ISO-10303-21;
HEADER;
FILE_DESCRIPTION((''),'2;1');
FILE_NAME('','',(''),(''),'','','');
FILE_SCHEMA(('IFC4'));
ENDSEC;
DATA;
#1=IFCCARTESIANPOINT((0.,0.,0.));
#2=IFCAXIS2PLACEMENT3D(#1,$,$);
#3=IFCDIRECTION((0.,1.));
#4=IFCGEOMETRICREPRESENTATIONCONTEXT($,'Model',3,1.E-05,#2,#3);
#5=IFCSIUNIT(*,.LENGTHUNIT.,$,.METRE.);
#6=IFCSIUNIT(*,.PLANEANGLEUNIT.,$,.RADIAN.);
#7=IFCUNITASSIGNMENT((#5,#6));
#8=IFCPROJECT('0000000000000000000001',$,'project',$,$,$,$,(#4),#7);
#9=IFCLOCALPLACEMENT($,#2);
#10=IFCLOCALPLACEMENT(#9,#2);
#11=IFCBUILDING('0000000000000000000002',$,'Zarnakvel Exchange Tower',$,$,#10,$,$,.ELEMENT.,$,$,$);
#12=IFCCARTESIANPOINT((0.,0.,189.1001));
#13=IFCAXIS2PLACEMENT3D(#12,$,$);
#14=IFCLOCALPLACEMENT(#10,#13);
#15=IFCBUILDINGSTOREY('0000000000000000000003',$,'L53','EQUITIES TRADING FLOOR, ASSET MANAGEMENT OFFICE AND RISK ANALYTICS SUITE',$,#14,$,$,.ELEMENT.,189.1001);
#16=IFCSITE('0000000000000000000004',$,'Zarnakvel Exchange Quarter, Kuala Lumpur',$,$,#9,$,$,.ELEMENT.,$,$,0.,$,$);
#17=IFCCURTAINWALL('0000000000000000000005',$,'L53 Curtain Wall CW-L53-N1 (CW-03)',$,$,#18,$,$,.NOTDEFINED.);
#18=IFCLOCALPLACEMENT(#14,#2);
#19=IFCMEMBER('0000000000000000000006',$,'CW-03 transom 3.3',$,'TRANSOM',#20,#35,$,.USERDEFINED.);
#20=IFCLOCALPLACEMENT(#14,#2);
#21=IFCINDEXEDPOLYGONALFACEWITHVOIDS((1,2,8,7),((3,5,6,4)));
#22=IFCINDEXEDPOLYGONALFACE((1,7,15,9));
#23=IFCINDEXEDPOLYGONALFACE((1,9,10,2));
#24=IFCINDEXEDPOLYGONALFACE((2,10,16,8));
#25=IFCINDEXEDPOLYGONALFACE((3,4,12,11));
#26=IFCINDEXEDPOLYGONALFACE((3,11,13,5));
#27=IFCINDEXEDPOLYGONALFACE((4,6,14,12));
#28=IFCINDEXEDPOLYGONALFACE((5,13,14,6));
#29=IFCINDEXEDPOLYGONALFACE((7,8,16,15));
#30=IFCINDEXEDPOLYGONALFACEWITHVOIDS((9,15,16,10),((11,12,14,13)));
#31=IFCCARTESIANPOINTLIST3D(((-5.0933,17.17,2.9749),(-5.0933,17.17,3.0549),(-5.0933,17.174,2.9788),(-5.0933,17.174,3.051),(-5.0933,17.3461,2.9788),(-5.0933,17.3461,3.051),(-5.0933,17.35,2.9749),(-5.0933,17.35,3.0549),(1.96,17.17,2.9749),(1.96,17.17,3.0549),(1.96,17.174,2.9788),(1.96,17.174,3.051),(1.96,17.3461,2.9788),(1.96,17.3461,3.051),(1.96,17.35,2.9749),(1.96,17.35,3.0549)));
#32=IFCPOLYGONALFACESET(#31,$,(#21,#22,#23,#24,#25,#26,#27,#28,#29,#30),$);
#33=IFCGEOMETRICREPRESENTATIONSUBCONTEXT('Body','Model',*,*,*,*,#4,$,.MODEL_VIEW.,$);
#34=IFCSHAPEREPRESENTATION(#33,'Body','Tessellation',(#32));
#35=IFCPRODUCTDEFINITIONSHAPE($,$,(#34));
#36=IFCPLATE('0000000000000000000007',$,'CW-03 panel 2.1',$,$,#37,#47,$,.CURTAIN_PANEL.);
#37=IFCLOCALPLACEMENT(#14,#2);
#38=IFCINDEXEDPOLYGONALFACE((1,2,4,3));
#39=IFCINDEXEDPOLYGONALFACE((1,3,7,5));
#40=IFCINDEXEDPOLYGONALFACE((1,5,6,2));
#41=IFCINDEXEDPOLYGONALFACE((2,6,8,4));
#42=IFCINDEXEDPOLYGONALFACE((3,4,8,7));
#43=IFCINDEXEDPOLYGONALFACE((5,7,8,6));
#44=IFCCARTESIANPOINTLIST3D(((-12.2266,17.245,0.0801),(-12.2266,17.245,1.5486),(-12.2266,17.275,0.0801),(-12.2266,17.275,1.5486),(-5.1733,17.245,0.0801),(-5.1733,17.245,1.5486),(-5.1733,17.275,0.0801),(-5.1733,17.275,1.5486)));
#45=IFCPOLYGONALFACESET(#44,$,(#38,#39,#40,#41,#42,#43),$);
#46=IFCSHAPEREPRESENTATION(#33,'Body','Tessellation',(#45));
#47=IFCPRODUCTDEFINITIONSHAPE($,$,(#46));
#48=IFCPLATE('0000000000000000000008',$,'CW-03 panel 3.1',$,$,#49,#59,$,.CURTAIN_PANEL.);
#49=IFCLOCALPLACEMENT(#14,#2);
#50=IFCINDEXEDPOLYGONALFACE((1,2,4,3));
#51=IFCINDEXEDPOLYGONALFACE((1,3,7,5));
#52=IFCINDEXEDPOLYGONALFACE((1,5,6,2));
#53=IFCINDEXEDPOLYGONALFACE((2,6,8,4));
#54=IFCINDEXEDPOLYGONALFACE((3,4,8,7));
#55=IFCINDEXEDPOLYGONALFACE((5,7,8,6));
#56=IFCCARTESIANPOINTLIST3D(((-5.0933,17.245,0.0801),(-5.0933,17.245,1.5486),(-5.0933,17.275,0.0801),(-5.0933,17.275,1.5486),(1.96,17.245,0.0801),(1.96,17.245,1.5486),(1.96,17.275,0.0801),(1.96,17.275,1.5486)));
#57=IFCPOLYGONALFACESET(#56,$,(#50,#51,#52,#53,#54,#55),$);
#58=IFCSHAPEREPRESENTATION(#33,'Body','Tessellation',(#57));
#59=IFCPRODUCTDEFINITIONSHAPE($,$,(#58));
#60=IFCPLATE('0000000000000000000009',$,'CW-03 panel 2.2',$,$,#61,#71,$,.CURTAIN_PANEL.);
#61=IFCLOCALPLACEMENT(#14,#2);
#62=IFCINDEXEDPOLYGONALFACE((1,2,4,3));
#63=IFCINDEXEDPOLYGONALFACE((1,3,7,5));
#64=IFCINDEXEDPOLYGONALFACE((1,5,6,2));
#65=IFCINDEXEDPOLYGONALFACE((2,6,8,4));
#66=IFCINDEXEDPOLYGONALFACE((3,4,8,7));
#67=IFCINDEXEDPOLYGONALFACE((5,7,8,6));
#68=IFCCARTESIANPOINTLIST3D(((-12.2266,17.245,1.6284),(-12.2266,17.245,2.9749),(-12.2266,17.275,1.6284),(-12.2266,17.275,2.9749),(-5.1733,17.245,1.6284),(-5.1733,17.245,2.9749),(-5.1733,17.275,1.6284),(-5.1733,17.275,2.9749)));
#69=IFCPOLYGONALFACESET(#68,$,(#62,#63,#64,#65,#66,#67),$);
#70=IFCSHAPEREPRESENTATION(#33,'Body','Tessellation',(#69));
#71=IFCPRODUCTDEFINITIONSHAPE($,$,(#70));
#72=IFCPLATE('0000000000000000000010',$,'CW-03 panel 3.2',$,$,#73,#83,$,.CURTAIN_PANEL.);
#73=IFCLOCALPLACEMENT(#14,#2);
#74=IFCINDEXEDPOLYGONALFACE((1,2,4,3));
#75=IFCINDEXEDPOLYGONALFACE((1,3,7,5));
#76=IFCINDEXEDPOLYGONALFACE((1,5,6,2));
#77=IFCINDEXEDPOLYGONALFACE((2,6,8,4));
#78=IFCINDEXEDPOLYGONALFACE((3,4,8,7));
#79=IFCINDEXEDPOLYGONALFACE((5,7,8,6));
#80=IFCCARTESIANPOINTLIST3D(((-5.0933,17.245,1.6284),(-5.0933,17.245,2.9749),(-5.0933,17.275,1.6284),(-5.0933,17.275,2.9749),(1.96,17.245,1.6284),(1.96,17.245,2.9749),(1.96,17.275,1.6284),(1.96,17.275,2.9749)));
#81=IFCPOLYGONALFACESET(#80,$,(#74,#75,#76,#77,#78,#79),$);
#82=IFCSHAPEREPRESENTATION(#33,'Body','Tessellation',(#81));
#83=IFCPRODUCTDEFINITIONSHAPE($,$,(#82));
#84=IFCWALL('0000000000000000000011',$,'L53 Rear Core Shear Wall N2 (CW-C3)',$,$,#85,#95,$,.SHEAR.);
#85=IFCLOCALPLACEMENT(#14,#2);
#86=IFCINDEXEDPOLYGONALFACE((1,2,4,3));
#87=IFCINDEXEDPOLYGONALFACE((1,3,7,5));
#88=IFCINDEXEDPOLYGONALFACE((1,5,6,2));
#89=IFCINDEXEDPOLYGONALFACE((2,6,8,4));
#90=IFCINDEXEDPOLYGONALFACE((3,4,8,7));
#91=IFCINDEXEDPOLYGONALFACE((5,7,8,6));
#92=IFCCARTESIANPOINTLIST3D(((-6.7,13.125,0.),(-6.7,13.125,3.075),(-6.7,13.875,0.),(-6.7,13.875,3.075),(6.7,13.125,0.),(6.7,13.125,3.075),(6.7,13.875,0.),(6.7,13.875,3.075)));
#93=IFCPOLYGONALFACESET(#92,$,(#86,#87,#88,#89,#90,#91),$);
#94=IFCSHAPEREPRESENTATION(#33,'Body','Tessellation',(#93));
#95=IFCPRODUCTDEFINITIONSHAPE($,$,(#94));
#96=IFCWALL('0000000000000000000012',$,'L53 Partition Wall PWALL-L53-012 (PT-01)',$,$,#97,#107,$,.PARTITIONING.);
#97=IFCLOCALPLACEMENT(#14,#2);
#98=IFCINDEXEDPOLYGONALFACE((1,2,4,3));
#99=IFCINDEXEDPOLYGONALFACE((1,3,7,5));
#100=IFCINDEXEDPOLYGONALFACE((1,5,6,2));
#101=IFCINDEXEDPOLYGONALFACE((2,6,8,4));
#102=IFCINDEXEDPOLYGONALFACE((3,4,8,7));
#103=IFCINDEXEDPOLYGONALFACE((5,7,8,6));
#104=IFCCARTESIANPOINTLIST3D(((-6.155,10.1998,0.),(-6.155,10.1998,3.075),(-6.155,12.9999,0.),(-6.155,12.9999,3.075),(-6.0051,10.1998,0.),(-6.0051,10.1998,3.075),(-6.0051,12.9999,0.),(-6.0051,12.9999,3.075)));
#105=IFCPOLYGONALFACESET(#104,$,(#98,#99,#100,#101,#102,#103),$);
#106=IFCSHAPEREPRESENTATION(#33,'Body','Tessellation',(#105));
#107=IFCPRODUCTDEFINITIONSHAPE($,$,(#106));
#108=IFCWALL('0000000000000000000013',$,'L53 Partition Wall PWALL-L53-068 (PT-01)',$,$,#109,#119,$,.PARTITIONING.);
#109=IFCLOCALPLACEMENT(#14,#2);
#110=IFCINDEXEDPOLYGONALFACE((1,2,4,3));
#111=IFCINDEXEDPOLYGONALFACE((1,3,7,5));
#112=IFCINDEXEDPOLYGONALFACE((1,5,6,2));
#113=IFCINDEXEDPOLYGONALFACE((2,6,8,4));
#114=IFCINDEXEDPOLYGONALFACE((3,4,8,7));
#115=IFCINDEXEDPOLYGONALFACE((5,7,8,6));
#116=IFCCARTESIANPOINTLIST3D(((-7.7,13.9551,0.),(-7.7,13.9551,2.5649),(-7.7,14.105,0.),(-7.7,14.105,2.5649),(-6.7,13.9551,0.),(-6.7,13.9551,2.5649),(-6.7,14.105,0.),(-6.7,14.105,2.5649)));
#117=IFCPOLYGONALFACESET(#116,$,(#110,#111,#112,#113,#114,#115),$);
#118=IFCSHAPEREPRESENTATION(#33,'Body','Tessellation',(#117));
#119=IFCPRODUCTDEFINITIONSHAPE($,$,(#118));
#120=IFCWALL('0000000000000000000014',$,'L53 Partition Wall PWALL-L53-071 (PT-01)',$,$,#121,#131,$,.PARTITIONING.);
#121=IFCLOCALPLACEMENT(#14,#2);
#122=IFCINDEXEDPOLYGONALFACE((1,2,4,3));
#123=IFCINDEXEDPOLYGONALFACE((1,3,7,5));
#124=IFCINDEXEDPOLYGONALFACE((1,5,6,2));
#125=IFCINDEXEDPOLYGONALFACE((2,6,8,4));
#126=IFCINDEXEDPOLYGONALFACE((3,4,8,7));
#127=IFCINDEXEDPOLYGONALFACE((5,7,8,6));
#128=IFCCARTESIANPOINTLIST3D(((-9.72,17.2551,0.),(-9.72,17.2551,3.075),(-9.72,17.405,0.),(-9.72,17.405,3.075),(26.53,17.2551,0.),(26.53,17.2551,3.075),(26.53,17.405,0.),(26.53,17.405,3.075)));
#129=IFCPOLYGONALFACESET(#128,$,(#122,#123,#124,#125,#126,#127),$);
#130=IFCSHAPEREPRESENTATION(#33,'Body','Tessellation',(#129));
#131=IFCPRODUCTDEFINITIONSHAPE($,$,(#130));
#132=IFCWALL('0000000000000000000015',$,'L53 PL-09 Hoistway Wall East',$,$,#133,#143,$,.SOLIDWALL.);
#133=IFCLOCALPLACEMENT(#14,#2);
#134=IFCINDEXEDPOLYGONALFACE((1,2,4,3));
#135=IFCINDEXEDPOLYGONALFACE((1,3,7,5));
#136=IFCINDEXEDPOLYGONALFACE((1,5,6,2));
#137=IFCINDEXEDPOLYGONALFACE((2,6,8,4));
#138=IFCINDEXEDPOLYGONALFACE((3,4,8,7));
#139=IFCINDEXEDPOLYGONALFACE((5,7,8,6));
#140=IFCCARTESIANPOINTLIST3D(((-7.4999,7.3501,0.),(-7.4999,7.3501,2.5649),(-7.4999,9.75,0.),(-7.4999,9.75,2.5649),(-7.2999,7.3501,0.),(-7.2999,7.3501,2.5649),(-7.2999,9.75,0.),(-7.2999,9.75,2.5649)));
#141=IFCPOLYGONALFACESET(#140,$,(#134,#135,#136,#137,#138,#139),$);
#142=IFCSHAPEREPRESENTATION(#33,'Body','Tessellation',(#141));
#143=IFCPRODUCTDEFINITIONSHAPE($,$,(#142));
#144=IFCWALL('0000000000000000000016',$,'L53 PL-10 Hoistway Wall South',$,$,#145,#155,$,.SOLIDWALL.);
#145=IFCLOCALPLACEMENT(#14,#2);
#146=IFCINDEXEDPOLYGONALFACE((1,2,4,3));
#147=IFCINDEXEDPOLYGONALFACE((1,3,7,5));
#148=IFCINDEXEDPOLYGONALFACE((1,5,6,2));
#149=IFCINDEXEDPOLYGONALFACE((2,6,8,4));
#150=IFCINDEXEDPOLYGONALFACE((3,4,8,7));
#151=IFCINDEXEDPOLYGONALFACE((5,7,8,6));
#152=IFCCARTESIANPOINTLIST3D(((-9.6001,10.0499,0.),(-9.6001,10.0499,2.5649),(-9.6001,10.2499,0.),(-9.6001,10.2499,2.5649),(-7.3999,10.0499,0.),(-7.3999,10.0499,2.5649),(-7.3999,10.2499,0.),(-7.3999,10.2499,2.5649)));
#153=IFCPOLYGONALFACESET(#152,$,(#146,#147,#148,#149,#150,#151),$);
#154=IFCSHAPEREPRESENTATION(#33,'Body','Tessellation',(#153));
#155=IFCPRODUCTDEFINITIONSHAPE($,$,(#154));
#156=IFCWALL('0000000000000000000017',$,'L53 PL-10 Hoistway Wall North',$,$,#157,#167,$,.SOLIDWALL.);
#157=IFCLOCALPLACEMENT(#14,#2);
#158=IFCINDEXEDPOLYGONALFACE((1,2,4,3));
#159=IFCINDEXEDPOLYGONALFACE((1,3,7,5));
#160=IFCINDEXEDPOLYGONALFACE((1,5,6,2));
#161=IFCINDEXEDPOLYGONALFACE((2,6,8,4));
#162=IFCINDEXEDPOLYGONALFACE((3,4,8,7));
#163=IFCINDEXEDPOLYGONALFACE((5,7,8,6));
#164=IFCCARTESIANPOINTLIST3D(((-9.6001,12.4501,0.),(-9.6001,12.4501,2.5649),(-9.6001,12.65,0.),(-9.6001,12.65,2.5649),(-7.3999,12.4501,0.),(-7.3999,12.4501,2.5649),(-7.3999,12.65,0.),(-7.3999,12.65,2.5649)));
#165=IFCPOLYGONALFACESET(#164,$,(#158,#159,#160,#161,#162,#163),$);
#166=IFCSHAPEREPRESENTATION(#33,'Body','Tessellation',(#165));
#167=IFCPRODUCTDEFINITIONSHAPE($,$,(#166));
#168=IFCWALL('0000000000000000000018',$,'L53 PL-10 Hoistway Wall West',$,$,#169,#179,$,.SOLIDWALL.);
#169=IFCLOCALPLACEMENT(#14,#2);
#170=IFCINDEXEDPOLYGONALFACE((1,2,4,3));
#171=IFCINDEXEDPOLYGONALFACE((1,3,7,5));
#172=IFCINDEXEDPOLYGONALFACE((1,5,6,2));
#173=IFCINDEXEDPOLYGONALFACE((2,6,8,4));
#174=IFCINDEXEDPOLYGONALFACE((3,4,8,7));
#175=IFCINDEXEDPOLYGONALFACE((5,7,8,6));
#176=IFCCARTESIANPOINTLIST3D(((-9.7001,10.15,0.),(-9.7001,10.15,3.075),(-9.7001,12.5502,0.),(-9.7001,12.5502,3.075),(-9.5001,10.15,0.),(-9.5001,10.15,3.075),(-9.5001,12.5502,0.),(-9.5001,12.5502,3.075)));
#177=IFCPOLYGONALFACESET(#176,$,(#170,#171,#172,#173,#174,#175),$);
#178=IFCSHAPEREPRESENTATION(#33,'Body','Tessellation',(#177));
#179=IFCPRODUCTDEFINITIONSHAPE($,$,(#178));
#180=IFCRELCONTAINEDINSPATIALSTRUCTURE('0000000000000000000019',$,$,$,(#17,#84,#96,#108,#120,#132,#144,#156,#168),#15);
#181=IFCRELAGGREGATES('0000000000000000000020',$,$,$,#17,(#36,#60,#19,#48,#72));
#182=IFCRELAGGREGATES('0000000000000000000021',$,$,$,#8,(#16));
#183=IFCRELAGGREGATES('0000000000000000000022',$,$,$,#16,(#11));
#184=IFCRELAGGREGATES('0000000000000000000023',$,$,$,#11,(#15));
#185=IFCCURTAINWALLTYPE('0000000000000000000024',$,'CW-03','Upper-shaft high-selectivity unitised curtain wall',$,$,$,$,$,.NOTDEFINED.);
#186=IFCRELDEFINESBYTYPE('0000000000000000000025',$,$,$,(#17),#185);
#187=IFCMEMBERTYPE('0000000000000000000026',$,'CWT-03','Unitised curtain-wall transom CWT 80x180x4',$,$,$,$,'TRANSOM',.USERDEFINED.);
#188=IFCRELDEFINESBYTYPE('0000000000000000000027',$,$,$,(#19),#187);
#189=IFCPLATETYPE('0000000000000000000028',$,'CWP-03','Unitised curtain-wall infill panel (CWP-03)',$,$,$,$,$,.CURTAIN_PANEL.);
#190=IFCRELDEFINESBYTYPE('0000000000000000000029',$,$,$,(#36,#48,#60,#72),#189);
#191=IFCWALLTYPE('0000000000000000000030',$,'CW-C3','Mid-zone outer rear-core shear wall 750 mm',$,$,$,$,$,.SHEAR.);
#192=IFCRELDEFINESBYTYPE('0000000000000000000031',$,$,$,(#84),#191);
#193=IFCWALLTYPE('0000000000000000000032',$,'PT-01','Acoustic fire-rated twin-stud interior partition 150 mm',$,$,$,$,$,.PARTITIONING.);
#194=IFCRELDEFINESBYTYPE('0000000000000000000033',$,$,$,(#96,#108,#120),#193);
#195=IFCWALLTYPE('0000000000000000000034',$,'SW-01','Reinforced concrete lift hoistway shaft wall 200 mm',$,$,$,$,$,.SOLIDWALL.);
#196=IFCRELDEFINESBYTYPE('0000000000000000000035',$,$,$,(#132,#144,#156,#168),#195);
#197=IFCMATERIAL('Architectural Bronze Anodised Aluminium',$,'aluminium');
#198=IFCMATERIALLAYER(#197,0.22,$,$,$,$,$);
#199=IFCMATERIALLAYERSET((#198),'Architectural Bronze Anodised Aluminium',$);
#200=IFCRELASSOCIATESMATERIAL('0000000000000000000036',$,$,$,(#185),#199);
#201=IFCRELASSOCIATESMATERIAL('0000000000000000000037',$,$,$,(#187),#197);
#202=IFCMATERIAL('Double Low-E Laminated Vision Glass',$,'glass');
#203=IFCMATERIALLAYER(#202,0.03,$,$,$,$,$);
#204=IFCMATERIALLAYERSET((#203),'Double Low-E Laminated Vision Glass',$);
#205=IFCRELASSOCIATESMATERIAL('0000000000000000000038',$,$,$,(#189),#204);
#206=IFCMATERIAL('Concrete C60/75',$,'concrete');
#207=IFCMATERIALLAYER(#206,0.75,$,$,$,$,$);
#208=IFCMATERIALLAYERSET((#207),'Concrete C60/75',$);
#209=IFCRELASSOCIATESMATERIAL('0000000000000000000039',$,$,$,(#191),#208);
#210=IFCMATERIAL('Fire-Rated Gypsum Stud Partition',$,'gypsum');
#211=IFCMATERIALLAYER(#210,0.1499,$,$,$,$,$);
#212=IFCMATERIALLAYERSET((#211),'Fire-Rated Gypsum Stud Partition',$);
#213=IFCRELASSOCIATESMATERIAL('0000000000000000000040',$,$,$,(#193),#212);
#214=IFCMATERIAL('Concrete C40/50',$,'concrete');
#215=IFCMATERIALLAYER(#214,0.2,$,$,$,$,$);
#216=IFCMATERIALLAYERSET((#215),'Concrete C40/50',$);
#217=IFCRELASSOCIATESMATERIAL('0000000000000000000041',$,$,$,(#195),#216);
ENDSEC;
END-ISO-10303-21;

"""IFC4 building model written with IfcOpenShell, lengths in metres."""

from ifc_helpers import new_model, si_unit, direction, frame, frame_2d, origin, origin_2d, place, context, subcontext, project, spatial, rectangle, hollow_rectangle, extrude, source, transform, mapped, material, layer, layer_set, material_profile, profile_set, type_object, element, aggregate, save


model = new_model("IFC4")

# Units and contexts
model_context = context("Model", 3, precision=1e-05, world=origin(), true_north=direction((0.0, 1.0)))
body_context = subcontext(model_context, "Body", "Model", "MODEL_VIEW")
ifc_project = project(units=[si_unit("LENGTHUNIT", "METRE"), si_unit("PLANEANGLEUNIT", "RADIAN")], contexts=[model_context])

# Site, building, storey
site_placement = place(None, origin())
site = spatial("IfcSite", under=ifc_project, at=site_placement, Name="Zarnakvel Exchange Quarter, Kuala Lumpur", CompositionType="ELEMENT", RefElevation=0.0)
building_placement = place(site_placement, origin())
building = spatial("IfcBuilding", under=site, at=building_placement, Name="Zarnakvel Exchange Tower", CompositionType="ELEMENT")
storey_placement = place(building_placement, frame((0.0, 0.0, 189.1001)))
storey = spatial("IfcBuildingStorey", under=building, at=storey_placement, Name="L53", Description="EQUITIES TRADING FLOOR, ASSET MANAGEMENT OFFICE AND RISK ANALYTICS SUITE", CompositionType="ELEMENT", Elevation=189.1001)

# Shared definitions
ifc_material_1 = material(Name="Concrete C60/75", Category="concrete")

# Curtain wall, member, plates
ifc_material_2 = material(Name="Architectural Bronze Anodised Aluminium", Category="aluminium")
ifc_layer_1 = layer(ifc_material_2, 0.22)
ifc_layer_set_1 = layer_set([ifc_layer_1], Name="Architectural Bronze Anodised Aluminium")
curtain_wall_type = type_object("IfcCurtainWallType", Name="CW-03", Description="Upper-shaft high-selectivity unitised curtain wall", PredefinedType="NOTDEFINED", material=ifc_layer_set_1)
curtain_wall_placement = place(storey_placement, origin())
curtain_wall = element("IfcCurtainWall", 1, at=curtain_wall_placement, inside=storey, type_object=curtain_wall_type, Name="L53 Curtain Wall CW-L53-N1 (CW-03)", PredefinedType="NOTDEFINED")
ifc_material_profile_1 = material_profile(ifc_material_2, hollow_rectangle(XDim=0.1799, YDim=0.0801, WallThickness=0.0039, at=origin_2d()))
ifc_profile_set_1 = profile_set([ifc_material_profile_1], Name="Architectural Bronze Anodised Aluminium")
member_type_1 = type_object("IfcMemberType", Name="CWT-03", Description="Unitised curtain-wall transom CWT 80x180x4", ElementType="TRANSOM", PredefinedType="USERDEFINED", material=ifc_profile_set_1)
shared_shape_1 = source(origin(), body_context, "Body", "SweptSolid", [
    extrude(hollow_rectangle(XDim=0.1799, YDim=0.0801, WallThickness=0.0039, at=origin_2d()), origin(), (0.0, 0.0, 1.0), 7.0532),
])
member_1_placement = place(storey_placement, frame((-5.0933, 17.26, 3.0149), z_axis=(1.0, 0.0, 0.0), x_axis=(0.0, 1.0, 0.0)))
member_1 = element("IfcMember", 2, at=member_1_placement, type_object=member_type_1, Name="CW-03 transom 3.3", ObjectType="TRANSOM", PredefinedType="USERDEFINED", context=body_context, shape_type="MappedRepresentation", body=[
    mapped(shared_shape_1, transform((0.0, 0.0, 0.0), x_axis=(1.0, 0.0, 0.0), y_axis=(0.0, 1.0, 0.0), z_axis=(0.0, 0.0, 1.0), scale=1.0)),
])
ifc_material_3 = material(Name="Double Low-E Laminated Vision Glass", Category="glass")
ifc_layer_2 = layer(ifc_material_3, 0.03)
ifc_layer_set_2 = layer_set([ifc_layer_2], Name="Double Low-E Laminated Vision Glass")
plate_type = type_object("IfcPlateType", Name="CWP-03", Description="Unitised curtain-wall infill panel (CWP-03)", PredefinedType="CURTAIN_PANEL", material=ifc_layer_set_2)
shared_shape_2 = source(origin(), body_context, "Body", "SweptSolid", [
    extrude(rectangle(XDim=7.0532, YDim=0.03, at=origin_2d()), origin(), (0.0, 0.0, 1.0), 1.4685),
])
plate_1_placement = place(storey_placement, frame((-8.7, 17.26, 0.0801), z_axis=(0.0, 0.0, 1.0), x_axis=(1.0, 0.0, 0.0)))
plate_1 = element("IfcPlate", 3, at=plate_1_placement, type_object=plate_type, Name="CW-03 panel 2.1", PredefinedType="CURTAIN_PANEL", context=body_context, shape_type="MappedRepresentation", body=[
    mapped(shared_shape_2, transform((0.0, 0.0, 0.0), x_axis=(1.0, 0.0, 0.0), y_axis=(0.0, 1.0, 0.0), z_axis=(0.0, 0.0, 1.0), scale=1.0)),
])
plate_2_placement = place(storey_placement, frame((-1.5667, 17.26, 0.0801), z_axis=(0.0, 0.0, 1.0), x_axis=(1.0, 0.0, 0.0)))
plate_2 = element("IfcPlate", 4, at=plate_2_placement, type_object=plate_type, Name="CW-03 panel 3.1", PredefinedType="CURTAIN_PANEL", context=body_context, shape_type="MappedRepresentation", body=[
    mapped(shared_shape_2, transform((0.0, 0.0, 0.0), x_axis=(1.0, 0.0, 0.0), y_axis=(0.0, 1.0, 0.0), z_axis=(0.0, 0.0, 1.0), scale=1.0)),
])
shared_shape_3 = source(origin(), body_context, "Body", "SweptSolid", [
    extrude(rectangle(XDim=7.0532, YDim=0.03, at=origin_2d()), origin(), (0.0, 0.0, 1.0), 1.3464),
])
plate_3_placement = place(storey_placement, frame((-8.7, 17.26, 1.6284), z_axis=(0.0, 0.0, 1.0), x_axis=(1.0, 0.0, 0.0)))
plate_3 = element("IfcPlate", 5, at=plate_3_placement, type_object=plate_type, Name="CW-03 panel 2.2", PredefinedType="CURTAIN_PANEL", context=body_context, shape_type="MappedRepresentation", body=[
    mapped(shared_shape_3, transform((0.0, 0.0, 0.0), x_axis=(1.0, 0.0, 0.0), y_axis=(0.0, 1.0, 0.0), z_axis=(0.0, 0.0, 1.0), scale=1.0)),
])
plate_4_placement = place(storey_placement, frame((-1.5667, 17.26, 1.6284), z_axis=(0.0, 0.0, 1.0), x_axis=(1.0, 0.0, 0.0)))
plate_4 = element("IfcPlate", 6, at=plate_4_placement, type_object=plate_type, Name="CW-03 panel 3.2", PredefinedType="CURTAIN_PANEL", context=body_context, shape_type="MappedRepresentation", body=[
    mapped(shared_shape_3, transform((0.0, 0.0, 0.0), x_axis=(1.0, 0.0, 0.0), y_axis=(0.0, 1.0, 0.0), z_axis=(0.0, 0.0, 1.0), scale=1.0)),
])
aggregate(curtain_wall, [plate_1, plate_3, member_1, plate_2, plate_4])

# Walls
ifc_layer_3 = layer(ifc_material_1, 0.75)
ifc_layer_set_3 = layer_set([ifc_layer_3], Name="Concrete C60/75")
wall_type_1 = type_object("IfcWallType", Name="CW-C3", Description="Mid-zone outer rear-core shear wall 750 mm", PredefinedType="SHEAR", material=ifc_layer_set_3)
wall_1_placement = place(storey_placement, frame((-6.7, 13.5, 0.0), z_axis=(0.0, 0.0, 1.0), x_axis=(1.0, 0.0, 0.0)))
element("IfcWall", 7, at=wall_1_placement, inside=storey, type_object=wall_type_1, Name="L53 Rear Core Shear Wall N2 (CW-C3)", PredefinedType="SHEAR", context=body_context, shape_type="SweptSolid", body=[
    extrude(rectangle(XDim=13.3999, YDim=0.75, at=frame_2d((6.7, 0.0))), origin(), (0.0, 0.0, 1.0), 3.075),
])
ifc_material_4 = material(Name="Fire-Rated Gypsum Stud Partition", Category="gypsum")
ifc_layer_4 = layer(ifc_material_4, 0.1499)
ifc_layer_set_4 = layer_set([ifc_layer_4], Name="Fire-Rated Gypsum Stud Partition")
wall_type_2 = type_object("IfcWallType", Name="PT-01", Description="Acoustic fire-rated twin-stud interior partition 150 mm", PredefinedType="PARTITIONING", material=ifc_layer_set_4)
wall_2_placement = place(storey_placement, frame((-6.0801, 10.2, 0.0), z_axis=(0.0, 0.0, 1.0), x_axis=(0.0, 1.0, 0.0)))
element("IfcWall", 8, at=wall_2_placement, inside=storey, type_object=wall_type_2, Name="L53 Partition Wall PWALL-L53-012 (PT-01)", PredefinedType="PARTITIONING", context=body_context, shape_type="SweptSolid", body=[
    extrude(rectangle(XDim=2.8, YDim=0.1499, at=frame_2d((1.3999, 0.0))), origin(), (0.0, 0.0, 1.0), 3.075),
])
wall_3_placement = place(storey_placement, frame((-6.7, 14.03, 0.0), z_axis=(0.0, 0.0, 1.0), x_axis=(-1.0, 0.0, 0.0)))
element("IfcWall", 9, at=wall_3_placement, inside=storey, type_object=wall_type_2, Name="L53 Partition Wall PWALL-L53-068 (PT-01)", PredefinedType="PARTITIONING", context=body_context, shape_type="SweptSolid", body=[
    extrude(rectangle(XDim=1.0, YDim=0.1499, at=frame_2d((0.5, 0.0))), origin(), (0.0, 0.0, 1.0), 2.5649),
])
wall_4_placement = place(storey_placement, frame((-9.72, 17.3301, 0.0), z_axis=(0.0, 0.0, 1.0), x_axis=(1.0, 0.0, 0.0)))
element("IfcWall", 10, at=wall_4_placement, inside=storey, type_object=wall_type_2, Name="L53 Partition Wall PWALL-L53-071 (PT-01)", PredefinedType="PARTITIONING", context=body_context, shape_type="SweptSolid", body=[
    extrude(rectangle(XDim=36.25, YDim=0.1499, at=frame_2d((18.125, 0.0))), origin(), (0.0, 0.0, 1.0), 3.075),
])

# Walls
ifc_material_5 = material(Name="Concrete C40/50", Category="concrete")
ifc_layer_5 = layer(ifc_material_5, 0.2)
ifc_layer_set_5 = layer_set([ifc_layer_5], Name="Concrete C40/50")
wall_type_3 = type_object("IfcWallType", Name="SW-01", Description="Reinforced concrete lift hoistway shaft wall 200 mm", PredefinedType="SOLIDWALL", material=ifc_layer_set_5)
wall_5_placement = place(storey_placement, frame((-7.3999, 9.75, 0.0), z_axis=(0.0, 0.0, 1.0), x_axis=(0.0, -1.0, 0.0)))
element("IfcWall", 11, at=wall_5_placement, inside=storey, type_object=wall_type_3, Name="L53 PL-09 Hoistway Wall East", PredefinedType="SOLIDWALL", context=body_context, shape_type="SweptSolid", body=[
    extrude(rectangle(XDim=2.3999, YDim=0.2, at=frame_2d((1.2, 0.0))), origin(), (0.0, 0.0, 1.0), 2.5649),
])
for number, where, z_axis, x_axis, name in (
    (12, (-7.3999, 10.1499, 0.0), (0.0, 0.0, 1.0), (-1.0, 0.0, 0.0), "L53 PL-10 Hoistway Wall South"),
    (13, (-9.6001, 12.55, 0.0), (0.0, 0.0, 1.0), (1.0, 0.0, 0.0), "L53 PL-10 Hoistway Wall North"),
):
    element("IfcWall", number, at=place(storey_placement, frame(where, z_axis=z_axis, x_axis=x_axis)), inside=storey, type_object=wall_type_3, Name=name, PredefinedType="SOLIDWALL", context=body_context, shape_type="SweptSolid", body=[
        extrude(rectangle(XDim=2.2002, YDim=0.2, at=frame_2d((1.1001, 0.0))), origin(), (0.0, 0.0, 1.0), 2.5649),
    ])
wall_6_placement = place(storey_placement, frame((-9.6001, 10.1499, 0.0), z_axis=(0.0, 0.0, 1.0), x_axis=(0.0, 1.0, 0.0)))
element("IfcWall", 14, at=wall_6_placement, inside=storey, type_object=wall_type_3, Name="L53 PL-10 Hoistway Wall West", PredefinedType="SOLIDWALL", context=body_context, shape_type="SweptSolid", body=[
    extrude(rectangle(XDim=2.4001, YDim=0.2, at=frame_2d((1.2002, 0.0))), origin(), (0.0, 0.0, 1.0), 3.075),
])

save(model, "model.ifc")
